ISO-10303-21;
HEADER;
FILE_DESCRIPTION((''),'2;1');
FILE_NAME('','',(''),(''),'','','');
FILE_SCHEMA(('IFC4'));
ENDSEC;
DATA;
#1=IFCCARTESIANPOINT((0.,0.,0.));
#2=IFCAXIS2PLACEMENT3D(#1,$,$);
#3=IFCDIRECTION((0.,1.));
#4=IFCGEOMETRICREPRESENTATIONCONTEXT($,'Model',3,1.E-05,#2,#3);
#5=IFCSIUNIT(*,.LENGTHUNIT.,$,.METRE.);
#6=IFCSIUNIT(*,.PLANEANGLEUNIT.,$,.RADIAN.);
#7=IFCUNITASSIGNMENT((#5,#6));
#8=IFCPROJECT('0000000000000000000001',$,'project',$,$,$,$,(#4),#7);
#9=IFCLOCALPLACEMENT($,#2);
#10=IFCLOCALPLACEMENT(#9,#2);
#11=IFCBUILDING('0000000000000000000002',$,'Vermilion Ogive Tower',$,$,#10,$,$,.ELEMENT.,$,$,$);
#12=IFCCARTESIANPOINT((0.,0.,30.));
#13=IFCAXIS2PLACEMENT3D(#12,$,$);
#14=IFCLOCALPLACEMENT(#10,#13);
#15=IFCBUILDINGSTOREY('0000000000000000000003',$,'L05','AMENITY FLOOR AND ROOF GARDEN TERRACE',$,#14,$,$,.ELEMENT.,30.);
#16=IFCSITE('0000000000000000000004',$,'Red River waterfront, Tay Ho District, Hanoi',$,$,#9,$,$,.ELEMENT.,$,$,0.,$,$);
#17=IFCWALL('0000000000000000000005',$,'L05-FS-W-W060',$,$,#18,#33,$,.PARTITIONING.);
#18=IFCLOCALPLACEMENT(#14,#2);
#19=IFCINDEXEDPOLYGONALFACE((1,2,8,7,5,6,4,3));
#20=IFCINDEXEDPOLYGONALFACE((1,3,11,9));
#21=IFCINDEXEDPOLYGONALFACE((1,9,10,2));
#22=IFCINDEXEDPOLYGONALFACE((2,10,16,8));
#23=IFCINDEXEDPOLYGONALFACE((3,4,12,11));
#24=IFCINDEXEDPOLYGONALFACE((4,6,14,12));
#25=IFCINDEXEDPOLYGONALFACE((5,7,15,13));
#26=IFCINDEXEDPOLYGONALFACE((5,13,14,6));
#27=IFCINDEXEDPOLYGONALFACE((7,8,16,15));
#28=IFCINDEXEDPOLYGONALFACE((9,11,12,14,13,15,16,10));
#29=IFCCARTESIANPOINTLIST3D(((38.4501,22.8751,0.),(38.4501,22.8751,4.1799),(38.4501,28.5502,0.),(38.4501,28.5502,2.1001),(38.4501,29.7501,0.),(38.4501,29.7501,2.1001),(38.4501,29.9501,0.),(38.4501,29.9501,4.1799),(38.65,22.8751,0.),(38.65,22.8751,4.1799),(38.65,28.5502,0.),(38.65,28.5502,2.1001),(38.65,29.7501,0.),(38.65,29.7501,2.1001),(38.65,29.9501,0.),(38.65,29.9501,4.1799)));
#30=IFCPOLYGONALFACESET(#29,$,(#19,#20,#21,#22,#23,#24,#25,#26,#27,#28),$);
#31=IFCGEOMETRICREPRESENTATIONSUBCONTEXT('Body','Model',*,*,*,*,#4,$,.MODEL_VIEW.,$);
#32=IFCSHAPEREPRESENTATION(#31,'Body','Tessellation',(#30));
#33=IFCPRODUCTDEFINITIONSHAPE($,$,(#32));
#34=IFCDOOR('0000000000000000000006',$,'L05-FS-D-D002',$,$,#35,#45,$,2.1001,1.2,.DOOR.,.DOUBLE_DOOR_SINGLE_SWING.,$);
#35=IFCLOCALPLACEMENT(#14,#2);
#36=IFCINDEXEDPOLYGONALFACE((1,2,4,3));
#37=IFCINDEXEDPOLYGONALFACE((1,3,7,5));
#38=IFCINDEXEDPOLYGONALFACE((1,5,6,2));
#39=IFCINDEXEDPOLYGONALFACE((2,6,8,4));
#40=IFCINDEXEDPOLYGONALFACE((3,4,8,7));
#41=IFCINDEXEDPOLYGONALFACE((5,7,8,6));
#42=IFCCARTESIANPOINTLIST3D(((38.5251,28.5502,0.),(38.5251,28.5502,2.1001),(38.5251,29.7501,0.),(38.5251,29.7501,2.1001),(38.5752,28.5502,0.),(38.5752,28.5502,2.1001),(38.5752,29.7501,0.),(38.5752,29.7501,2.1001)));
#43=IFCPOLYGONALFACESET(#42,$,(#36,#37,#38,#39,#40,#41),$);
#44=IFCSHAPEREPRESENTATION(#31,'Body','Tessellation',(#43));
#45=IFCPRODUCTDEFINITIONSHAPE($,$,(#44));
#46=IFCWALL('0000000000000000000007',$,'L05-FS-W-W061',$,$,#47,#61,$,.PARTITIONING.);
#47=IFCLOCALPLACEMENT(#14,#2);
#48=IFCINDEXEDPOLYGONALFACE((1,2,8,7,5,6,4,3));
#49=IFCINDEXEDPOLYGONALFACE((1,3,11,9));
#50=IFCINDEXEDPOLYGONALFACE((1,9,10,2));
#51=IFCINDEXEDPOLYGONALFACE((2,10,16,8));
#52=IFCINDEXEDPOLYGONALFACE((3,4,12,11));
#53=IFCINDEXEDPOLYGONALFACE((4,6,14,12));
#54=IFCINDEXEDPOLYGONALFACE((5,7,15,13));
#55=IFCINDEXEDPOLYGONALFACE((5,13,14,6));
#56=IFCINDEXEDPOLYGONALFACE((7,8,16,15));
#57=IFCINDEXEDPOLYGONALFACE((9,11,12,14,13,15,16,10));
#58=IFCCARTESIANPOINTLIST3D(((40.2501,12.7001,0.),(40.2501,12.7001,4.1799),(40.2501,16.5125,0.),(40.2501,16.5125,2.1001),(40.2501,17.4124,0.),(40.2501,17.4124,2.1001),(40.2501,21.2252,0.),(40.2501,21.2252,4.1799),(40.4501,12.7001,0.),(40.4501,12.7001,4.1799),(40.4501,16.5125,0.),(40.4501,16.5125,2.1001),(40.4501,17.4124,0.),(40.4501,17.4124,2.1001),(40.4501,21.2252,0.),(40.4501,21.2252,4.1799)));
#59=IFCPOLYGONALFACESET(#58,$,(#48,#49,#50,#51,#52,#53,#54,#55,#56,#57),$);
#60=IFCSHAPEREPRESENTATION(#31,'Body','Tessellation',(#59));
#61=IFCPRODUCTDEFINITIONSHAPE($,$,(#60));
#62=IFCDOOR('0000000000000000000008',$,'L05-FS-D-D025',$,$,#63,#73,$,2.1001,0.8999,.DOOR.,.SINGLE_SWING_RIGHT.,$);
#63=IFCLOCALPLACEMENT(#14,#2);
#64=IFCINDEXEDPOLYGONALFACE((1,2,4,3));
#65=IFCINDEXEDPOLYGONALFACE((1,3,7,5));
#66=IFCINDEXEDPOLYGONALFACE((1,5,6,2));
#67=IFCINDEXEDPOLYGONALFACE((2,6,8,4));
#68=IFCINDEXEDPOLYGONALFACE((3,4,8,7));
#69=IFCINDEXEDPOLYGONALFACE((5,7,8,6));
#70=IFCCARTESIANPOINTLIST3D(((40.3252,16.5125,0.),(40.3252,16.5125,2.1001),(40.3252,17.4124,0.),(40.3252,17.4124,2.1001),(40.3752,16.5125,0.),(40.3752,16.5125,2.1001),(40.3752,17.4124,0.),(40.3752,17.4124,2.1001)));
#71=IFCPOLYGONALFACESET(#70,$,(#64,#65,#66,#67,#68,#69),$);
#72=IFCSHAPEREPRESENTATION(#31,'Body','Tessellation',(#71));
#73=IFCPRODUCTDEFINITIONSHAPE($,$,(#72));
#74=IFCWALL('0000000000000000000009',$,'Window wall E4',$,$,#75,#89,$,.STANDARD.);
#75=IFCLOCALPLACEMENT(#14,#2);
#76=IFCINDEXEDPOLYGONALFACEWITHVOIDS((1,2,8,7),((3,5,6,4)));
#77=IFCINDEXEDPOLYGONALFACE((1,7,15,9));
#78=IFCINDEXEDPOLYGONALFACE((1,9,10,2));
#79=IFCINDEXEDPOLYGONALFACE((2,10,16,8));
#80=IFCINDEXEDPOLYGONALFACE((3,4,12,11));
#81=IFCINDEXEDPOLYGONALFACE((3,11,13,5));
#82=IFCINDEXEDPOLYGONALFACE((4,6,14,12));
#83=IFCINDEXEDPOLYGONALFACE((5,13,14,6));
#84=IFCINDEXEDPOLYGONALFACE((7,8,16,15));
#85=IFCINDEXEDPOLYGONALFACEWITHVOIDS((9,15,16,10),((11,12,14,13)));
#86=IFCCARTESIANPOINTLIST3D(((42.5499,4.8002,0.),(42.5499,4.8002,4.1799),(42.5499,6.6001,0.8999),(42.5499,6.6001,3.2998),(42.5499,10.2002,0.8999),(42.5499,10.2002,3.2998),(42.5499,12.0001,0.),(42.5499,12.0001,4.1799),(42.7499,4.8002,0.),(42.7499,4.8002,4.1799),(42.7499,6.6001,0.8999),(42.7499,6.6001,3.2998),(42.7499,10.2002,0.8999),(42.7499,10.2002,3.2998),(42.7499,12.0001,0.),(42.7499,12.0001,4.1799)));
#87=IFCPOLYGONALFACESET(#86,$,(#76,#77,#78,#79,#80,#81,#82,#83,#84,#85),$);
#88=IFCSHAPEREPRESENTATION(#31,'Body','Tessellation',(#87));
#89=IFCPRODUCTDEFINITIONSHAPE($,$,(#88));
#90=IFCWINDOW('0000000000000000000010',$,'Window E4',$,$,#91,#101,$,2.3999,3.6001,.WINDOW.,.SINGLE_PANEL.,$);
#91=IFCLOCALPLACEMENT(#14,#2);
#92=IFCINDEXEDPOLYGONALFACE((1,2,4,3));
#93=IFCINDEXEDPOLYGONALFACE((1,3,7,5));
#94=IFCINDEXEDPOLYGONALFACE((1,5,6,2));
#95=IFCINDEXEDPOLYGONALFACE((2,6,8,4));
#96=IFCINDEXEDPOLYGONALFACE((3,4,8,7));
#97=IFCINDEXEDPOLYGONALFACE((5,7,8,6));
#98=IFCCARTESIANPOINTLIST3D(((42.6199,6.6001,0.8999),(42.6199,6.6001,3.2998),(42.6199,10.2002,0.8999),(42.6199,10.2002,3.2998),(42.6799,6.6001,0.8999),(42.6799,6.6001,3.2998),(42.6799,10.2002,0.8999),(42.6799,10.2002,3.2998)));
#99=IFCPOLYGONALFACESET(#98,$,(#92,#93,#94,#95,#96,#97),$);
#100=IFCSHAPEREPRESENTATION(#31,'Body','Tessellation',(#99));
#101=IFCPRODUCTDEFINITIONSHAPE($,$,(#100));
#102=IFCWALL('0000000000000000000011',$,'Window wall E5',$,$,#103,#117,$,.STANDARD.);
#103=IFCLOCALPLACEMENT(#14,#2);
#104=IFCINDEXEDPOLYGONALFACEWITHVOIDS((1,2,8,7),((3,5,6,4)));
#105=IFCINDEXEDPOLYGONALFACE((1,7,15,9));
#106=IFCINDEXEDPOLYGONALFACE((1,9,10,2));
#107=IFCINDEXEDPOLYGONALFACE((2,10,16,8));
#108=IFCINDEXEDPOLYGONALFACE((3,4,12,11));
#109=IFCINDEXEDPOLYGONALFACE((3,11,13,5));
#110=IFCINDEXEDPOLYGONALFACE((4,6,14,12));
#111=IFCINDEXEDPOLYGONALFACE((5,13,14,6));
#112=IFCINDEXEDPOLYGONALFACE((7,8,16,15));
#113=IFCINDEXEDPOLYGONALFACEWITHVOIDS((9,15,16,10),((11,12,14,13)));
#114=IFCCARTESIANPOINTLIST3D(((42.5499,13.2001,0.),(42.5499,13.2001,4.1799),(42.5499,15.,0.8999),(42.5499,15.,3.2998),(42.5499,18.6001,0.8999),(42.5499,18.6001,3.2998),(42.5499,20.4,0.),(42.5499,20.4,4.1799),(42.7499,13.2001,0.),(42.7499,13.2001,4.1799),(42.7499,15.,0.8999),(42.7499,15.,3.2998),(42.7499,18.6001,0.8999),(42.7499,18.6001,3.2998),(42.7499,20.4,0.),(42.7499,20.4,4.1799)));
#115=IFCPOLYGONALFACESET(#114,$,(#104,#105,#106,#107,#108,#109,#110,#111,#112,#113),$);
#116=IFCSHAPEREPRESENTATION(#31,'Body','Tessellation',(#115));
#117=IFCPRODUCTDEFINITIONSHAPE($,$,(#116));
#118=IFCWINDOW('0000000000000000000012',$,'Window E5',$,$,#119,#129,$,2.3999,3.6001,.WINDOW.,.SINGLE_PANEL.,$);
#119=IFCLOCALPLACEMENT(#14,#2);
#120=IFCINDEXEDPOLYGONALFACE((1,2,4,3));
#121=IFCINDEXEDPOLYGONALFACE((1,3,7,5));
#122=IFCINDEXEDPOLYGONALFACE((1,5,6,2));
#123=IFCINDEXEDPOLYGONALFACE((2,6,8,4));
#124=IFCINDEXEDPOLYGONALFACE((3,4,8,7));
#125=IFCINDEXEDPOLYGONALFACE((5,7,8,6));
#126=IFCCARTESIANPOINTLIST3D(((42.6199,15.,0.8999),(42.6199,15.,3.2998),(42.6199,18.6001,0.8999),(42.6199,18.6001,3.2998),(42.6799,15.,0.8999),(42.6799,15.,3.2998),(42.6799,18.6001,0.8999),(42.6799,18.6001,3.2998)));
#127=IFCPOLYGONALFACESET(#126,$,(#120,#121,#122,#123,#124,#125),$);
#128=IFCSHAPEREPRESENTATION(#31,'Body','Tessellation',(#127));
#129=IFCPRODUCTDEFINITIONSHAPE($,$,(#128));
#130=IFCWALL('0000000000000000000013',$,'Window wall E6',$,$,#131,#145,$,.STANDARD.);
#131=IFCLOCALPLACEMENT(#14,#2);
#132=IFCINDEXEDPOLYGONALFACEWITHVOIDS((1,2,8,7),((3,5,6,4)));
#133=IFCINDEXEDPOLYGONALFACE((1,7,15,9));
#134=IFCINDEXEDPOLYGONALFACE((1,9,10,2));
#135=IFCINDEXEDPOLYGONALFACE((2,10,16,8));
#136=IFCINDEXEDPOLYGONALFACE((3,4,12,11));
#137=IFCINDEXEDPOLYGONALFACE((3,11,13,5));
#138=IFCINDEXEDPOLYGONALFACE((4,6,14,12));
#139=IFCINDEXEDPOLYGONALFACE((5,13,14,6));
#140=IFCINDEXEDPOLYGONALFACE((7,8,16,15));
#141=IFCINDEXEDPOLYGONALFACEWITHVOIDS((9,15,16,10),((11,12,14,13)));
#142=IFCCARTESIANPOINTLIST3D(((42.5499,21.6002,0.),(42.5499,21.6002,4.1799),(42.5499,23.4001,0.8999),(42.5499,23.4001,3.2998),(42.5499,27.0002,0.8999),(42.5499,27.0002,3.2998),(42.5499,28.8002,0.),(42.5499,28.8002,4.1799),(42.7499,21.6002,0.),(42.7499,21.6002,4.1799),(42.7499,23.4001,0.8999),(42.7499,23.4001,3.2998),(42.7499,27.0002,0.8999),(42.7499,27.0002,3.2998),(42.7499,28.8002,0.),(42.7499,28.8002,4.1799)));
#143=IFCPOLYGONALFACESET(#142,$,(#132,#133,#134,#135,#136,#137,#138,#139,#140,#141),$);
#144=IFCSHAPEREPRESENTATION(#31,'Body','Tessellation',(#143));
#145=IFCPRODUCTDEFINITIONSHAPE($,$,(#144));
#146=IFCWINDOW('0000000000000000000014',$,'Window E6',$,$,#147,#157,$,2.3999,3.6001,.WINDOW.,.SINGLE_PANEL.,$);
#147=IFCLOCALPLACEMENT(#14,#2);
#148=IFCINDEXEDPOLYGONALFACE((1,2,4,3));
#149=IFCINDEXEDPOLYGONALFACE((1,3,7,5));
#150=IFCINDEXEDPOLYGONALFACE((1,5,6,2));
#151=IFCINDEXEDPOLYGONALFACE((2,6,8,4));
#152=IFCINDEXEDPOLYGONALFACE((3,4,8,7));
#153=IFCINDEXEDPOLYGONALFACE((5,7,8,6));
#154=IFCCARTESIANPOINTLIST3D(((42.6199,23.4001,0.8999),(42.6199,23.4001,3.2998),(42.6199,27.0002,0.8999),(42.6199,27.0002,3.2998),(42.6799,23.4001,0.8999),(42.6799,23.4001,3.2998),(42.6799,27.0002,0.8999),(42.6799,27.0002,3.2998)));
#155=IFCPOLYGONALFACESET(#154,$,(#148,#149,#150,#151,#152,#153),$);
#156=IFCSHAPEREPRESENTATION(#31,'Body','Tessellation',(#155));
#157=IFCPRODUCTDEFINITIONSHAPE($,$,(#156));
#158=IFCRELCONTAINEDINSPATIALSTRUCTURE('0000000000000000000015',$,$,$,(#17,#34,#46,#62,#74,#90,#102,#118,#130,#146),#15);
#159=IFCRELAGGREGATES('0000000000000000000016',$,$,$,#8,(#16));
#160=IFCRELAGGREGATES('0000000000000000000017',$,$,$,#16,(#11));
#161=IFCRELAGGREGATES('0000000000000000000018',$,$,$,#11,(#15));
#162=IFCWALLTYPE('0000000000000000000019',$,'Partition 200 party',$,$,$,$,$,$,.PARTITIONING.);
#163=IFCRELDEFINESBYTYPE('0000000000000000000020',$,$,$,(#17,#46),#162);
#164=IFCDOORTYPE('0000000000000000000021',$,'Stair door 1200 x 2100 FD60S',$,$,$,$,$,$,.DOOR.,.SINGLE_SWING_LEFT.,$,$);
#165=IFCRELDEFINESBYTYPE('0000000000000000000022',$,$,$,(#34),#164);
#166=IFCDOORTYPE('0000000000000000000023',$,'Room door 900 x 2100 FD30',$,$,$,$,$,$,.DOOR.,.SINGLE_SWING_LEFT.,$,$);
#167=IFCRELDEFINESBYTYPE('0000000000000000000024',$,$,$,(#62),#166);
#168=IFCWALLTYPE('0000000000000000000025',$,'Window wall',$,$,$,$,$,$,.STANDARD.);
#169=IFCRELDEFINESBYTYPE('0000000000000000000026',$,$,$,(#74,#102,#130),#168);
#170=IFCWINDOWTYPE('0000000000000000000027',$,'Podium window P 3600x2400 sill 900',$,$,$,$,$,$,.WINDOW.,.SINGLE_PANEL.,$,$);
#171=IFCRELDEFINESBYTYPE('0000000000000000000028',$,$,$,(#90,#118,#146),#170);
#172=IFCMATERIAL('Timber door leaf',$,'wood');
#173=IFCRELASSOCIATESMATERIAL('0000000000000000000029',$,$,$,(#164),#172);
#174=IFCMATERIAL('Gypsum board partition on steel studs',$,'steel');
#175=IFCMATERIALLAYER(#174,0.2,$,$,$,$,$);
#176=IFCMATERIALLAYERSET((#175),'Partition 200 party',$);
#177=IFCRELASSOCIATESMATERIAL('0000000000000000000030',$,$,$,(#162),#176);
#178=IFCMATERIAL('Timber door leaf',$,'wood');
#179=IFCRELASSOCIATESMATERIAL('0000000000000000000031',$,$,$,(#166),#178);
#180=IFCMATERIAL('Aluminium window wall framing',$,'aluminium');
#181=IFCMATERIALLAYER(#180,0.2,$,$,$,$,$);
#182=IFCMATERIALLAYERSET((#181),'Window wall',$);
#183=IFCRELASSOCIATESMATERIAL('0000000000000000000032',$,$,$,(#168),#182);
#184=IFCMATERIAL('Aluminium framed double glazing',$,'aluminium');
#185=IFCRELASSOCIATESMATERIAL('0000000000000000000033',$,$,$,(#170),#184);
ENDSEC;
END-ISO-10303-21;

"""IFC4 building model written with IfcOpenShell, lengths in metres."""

from ifc_helpers import new_model, si_unit, direction, frame, frame_2d, origin, place, context, subcontext, project, spatial, rectangle, extrude, material, layer, layer_set, type_object, element, fill, save


model = new_model("IFC4")

# Units and contexts
model_context = context("Model", 3, precision=1e-05, world=origin(), true_north=direction((0.0, 1.0)))
body_context = subcontext(model_context, "Body", "Model", "MODEL_VIEW")
ifc_project = project(units=[si_unit("LENGTHUNIT", "METRE"), si_unit("PLANEANGLEUNIT", "RADIAN")], contexts=[model_context])

# Site, building, storey
site_placement = place(None, origin())
site = spatial("IfcSite", under=ifc_project, at=site_placement, Name="Red River waterfront, Tay Ho District, Hanoi", CompositionType="ELEMENT", RefElevation=0.0)
building_placement = place(site_placement, origin())
building = spatial("IfcBuilding", under=site, at=building_placement, Name="Vermilion Ogive Tower", CompositionType="ELEMENT")
storey_placement = place(building_placement, frame((0.0, 0.0, 30.0)))
storey = spatial("IfcBuildingStorey", under=building, at=storey_placement, Name="L05", Description="AMENITY FLOOR AND ROOF GARDEN TERRACE", CompositionType="ELEMENT", Elevation=30.0)

# Shared definitions
ifc_material_1 = material(Name="Timber door leaf", Category="wood")
door_type_1 = type_object("IfcDoorType", Name="Stair door 1200 x 2100 FD60S", OperationType="SINGLE_SWING_LEFT", PredefinedType="DOOR", material=ifc_material_1)

# Shared definitions
ifc_material_2 = material(Name="Gypsum board partition on steel studs", Category="steel")
ifc_layer_1 = layer(ifc_material_2, 0.2)
ifc_layer_set_1 = layer_set([ifc_layer_1], Name="Partition 200 party")
wall_type_1 = type_object("IfcWallType", Name="Partition 200 party", PredefinedType="PARTITIONING", material=ifc_layer_set_1)

# Walls, openings, doors
wall_1_placement = place(storey_placement, frame((38.55, 22.875, 0.0), z_axis=(0.0, 0.0, 1.0), x_axis=(0.0, 1.0, 0.0)))
wall_1 = element("IfcWall", 1, at=wall_1_placement, inside=storey, type_object=wall_type_1, Name="L05-FS-W-W060", PredefinedType="PARTITIONING", context=body_context, shape_type="SweptSolid", body=[
    extrude(rectangle(XDim=7.075, YDim=0.2, at=frame_2d((3.5376, 0.0))), origin(), (0.0, 0.0, 1.0), 4.1799),
])
opening_1_placement = place(wall_1_placement, frame((5.675, 0.0, 0.0)))
opening_1 = element("IfcOpeningElement", 2, at=opening_1_placement, cuts=wall_1, PredefinedType="OPENING", context=body_context, shape_type="SweptSolid", body=[
    extrude(rectangle(XDim=1.2, YDim=2.1001, at=frame_2d((0.6001, 1.05))), frame((0.0, 0.1099, 0.0), z_axis=(0.0, -1.0, 0.0), x_axis=(1.0, 0.0, 0.0)), (0.0, 0.0, 1.0), 0.22),
])
door_1_placement = place(opening_1_placement, origin())
door_1 = element("IfcDoor", 3, at=door_1_placement, inside=storey, type_object=door_type_1, Name="L05-FS-D-D002", OperationType="DOUBLE_DOOR_SINGLE_SWING", OverallHeight=2.1001, OverallWidth=1.2, PredefinedType="DOOR", context=body_context, shape_type="SweptSolid", body=[
    extrude(rectangle(XDim=1.2, YDim=2.1001, at=frame_2d((0.6001, 1.05))), frame((0.0, 0.0249, 0.0), z_axis=(0.0, -1.0, 0.0), x_axis=(1.0, 0.0, 0.0)), (0.0, 0.0, 1.0), 0.05),
])
fill(opening_1, door_1)
wall_2_placement = place(storey_placement, frame((40.3501, 12.7, 0.0), z_axis=(0.0, 0.0, 1.0), x_axis=(0.0, 1.0, 0.0)))
wall_2 = element("IfcWall", 4, at=wall_2_placement, inside=storey, type_object=wall_type_1, Name="L05-FS-W-W061", PredefinedType="PARTITIONING", context=body_context, shape_type="SweptSolid", body=[
    extrude(rectangle(XDim=8.5251, YDim=0.2, at=frame_2d((4.2627, 0.0))), origin(), (0.0, 0.0, 1.0), 4.1799),
])
opening_2_placement = place(wall_2_placement, frame((3.8125, 0.0, 0.0)))
opening_2 = element("IfcOpeningElement", 5, at=opening_2_placement, cuts=wall_2, PredefinedType="OPENING", context=body_context, shape_type="SweptSolid", body=[
    extrude(rectangle(XDim=0.8999, YDim=2.1001, at=frame_2d((0.45, 1.05))), frame((0.0, 0.1099, 0.0), z_axis=(0.0, -1.0, 0.0), x_axis=(1.0, 0.0, 0.0)), (0.0, 0.0, 1.0), 0.22),
])
ifc_material_3 = material(Name="Timber door leaf", Category="wood")
door_type_2 = type_object("IfcDoorType", Name="Room door 900 x 2100 FD30", OperationType="SINGLE_SWING_LEFT", PredefinedType="DOOR", material=ifc_material_3)
door_2_placement = place(opening_2_placement, origin())
door_2 = element("IfcDoor", 6, at=door_2_placement, inside=storey, type_object=door_type_2, Name="L05-FS-D-D025", OperationType="SINGLE_SWING_RIGHT", OverallHeight=2.1001, OverallWidth=0.8999, PredefinedType="DOOR", context=body_context, shape_type="SweptSolid", body=[
    extrude(rectangle(XDim=0.8999, YDim=2.1001, at=frame_2d((0.45, 1.05))), frame((0.0, 0.0249, 0.0), z_axis=(0.0, -1.0, 0.0), x_axis=(1.0, 0.0, 0.0)), (0.0, 0.0, 1.0), 0.05),
])
fill(opening_2, door_2)

# Walls, openings, windows
ifc_material_4 = material(Name="Aluminium window wall framing", Category="aluminium")
ifc_layer_2 = layer(ifc_material_4, 0.2)
ifc_layer_set_2 = layer_set([ifc_layer_2], Name="Window wall")
wall_type_2 = type_object("IfcWallType", Name="Window wall", PredefinedType="STANDARD", material=ifc_layer_set_2)
wall_3_placement = place(storey_placement, frame((42.6499, 4.8, 0.0), z_axis=(0.0, 0.0, 1.0), x_axis=(0.0, 1.0, 0.0)))
wall_3 = element("IfcWall", 7, at=wall_3_placement, inside=storey, type_object=wall_type_2, Name="Window wall E4", PredefinedType="STANDARD", context=body_context, shape_type="SweptSolid", body=[
    extrude(rectangle(XDim=7.2, YDim=0.2, at=frame_2d((3.6001, 0.0))), origin(), (0.0, 0.0, 1.0), 4.1799),
])
opening_3_placement = place(wall_3_placement, frame((1.8, 0.0, 0.8999)))
opening_3 = element("IfcOpeningElement", 8, at=opening_3_placement, cuts=wall_3, PredefinedType="OPENING", context=body_context, shape_type="SweptSolid", body=[
    extrude(rectangle(XDim=3.6001, YDim=2.3999, at=frame_2d((1.8, 1.2))), frame((0.0, 0.1099, 0.0), z_axis=(0.0, -1.0, 0.0), x_axis=(1.0, 0.0, 0.0)), (0.0, 0.0, 1.0), 0.22),
])
ifc_material_5 = material(Name="Aluminium framed double glazing", Category="aluminium")
window_type = type_object("IfcWindowType", Name="Podium window P 3600x2400 sill 900", PartitioningType="SINGLE_PANEL", PredefinedType="WINDOW", material=ifc_material_5)
window_1_placement = place(opening_3_placement, origin())
window_1 = element("IfcWindow", 9, at=window_1_placement, inside=storey, type_object=window_type, Name="Window E4", OverallHeight=2.3999, OverallWidth=3.6001, PartitioningType="SINGLE_PANEL", PredefinedType="WINDOW", context=body_context, shape_type="SweptSolid", body=[
    extrude(rectangle(XDim=3.6001, YDim=2.3999, at=frame_2d((1.8, 1.2))), frame((0.0, 0.03, 0.0), z_axis=(0.0, -1.0, 0.0), x_axis=(1.0, 0.0, 0.0)), (0.0, 0.0, 1.0), 0.0601),
])
fill(opening_3, window_1)
wall_4_placement = place(storey_placement, frame((42.6499, 13.2, 0.0), z_axis=(0.0, 0.0, 1.0), x_axis=(0.0, 1.0, 0.0)))
wall_4 = element("IfcWall", 10, at=wall_4_placement, inside=storey, type_object=wall_type_2, Name="Window wall E5", PredefinedType="STANDARD", context=body_context, shape_type="SweptSolid", body=[
    extrude(rectangle(XDim=7.2, YDim=0.2, at=frame_2d((3.6001, 0.0))), origin(), (0.0, 0.0, 1.0), 4.1799),
])
opening_4_placement = place(wall_4_placement, frame((1.8, 0.0, 0.8999)))
opening_4 = element("IfcOpeningElement", 11, at=opening_4_placement, cuts=wall_4, PredefinedType="OPENING", context=body_context, shape_type="SweptSolid", body=[
    extrude(rectangle(XDim=3.6001, YDim=2.3999, at=frame_2d((1.8, 1.2))), frame((0.0, 0.1099, 0.0), z_axis=(0.0, -1.0, 0.0), x_axis=(1.0, 0.0, 0.0)), (0.0, 0.0, 1.0), 0.22),
])
window_2_placement = place(opening_4_placement, origin())
window_2 = element("IfcWindow", 12, at=window_2_placement, inside=storey, type_object=window_type, Name="Window E5", OverallHeight=2.3999, OverallWidth=3.6001, PartitioningType="SINGLE_PANEL", PredefinedType="WINDOW", context=body_context, shape_type="SweptSolid", body=[
    extrude(rectangle(XDim=3.6001, YDim=2.3999, at=frame_2d((1.8, 1.2))), frame((0.0, 0.03, 0.0), z_axis=(0.0, -1.0, 0.0), x_axis=(1.0, 0.0, 0.0)), (0.0, 0.0, 1.0), 0.0601),
])
fill(opening_4, window_2)
wall_5_placement = place(storey_placement, frame((42.6499, 21.6001, 0.0), z_axis=(0.0, 0.0, 1.0), x_axis=(0.0, 1.0, 0.0)))
wall_5 = element("IfcWall", 13, at=wall_5_placement, inside=storey, type_object=wall_type_2, Name="Window wall E6", PredefinedType="STANDARD", context=body_context, shape_type="SweptSolid", body=[
    extrude(rectangle(XDim=7.2, YDim=0.2, at=frame_2d((3.6001, 0.0))), origin(), (0.0, 0.0, 1.0), 4.1799),
])
opening_5_placement = place(wall_5_placement, frame((1.8, 0.0, 0.8999)))
opening_5 = element("IfcOpeningElement", 14, at=opening_5_placement, cuts=wall_5, PredefinedType="OPENING", context=body_context, shape_type="SweptSolid", body=[
    extrude(rectangle(XDim=3.6001, YDim=2.3999, at=frame_2d((1.8, 1.2))), frame((0.0, 0.1099, 0.0), z_axis=(0.0, -1.0, 0.0), x_axis=(1.0, 0.0, 0.0)), (0.0, 0.0, 1.0), 0.22),
])
window_3_placement = place(opening_5_placement, origin())
window_3 = element("IfcWindow", 15, at=window_3_placement, inside=storey, type_object=window_type, Name="Window E6", OverallHeight=2.3999, OverallWidth=3.6001, PartitioningType="SINGLE_PANEL", PredefinedType="WINDOW", context=body_context, shape_type="SweptSolid", body=[
    extrude(rectangle(XDim=3.6001, YDim=2.3999, at=frame_2d((1.8, 1.2))), frame((0.0, 0.03, 0.0), z_axis=(0.0, -1.0, 0.0), x_axis=(1.0, 0.0, 0.0)), (0.0, 0.0, 1.0), 0.0601),
])
fill(opening_5, window_3)

save(model, "model.ifc")
